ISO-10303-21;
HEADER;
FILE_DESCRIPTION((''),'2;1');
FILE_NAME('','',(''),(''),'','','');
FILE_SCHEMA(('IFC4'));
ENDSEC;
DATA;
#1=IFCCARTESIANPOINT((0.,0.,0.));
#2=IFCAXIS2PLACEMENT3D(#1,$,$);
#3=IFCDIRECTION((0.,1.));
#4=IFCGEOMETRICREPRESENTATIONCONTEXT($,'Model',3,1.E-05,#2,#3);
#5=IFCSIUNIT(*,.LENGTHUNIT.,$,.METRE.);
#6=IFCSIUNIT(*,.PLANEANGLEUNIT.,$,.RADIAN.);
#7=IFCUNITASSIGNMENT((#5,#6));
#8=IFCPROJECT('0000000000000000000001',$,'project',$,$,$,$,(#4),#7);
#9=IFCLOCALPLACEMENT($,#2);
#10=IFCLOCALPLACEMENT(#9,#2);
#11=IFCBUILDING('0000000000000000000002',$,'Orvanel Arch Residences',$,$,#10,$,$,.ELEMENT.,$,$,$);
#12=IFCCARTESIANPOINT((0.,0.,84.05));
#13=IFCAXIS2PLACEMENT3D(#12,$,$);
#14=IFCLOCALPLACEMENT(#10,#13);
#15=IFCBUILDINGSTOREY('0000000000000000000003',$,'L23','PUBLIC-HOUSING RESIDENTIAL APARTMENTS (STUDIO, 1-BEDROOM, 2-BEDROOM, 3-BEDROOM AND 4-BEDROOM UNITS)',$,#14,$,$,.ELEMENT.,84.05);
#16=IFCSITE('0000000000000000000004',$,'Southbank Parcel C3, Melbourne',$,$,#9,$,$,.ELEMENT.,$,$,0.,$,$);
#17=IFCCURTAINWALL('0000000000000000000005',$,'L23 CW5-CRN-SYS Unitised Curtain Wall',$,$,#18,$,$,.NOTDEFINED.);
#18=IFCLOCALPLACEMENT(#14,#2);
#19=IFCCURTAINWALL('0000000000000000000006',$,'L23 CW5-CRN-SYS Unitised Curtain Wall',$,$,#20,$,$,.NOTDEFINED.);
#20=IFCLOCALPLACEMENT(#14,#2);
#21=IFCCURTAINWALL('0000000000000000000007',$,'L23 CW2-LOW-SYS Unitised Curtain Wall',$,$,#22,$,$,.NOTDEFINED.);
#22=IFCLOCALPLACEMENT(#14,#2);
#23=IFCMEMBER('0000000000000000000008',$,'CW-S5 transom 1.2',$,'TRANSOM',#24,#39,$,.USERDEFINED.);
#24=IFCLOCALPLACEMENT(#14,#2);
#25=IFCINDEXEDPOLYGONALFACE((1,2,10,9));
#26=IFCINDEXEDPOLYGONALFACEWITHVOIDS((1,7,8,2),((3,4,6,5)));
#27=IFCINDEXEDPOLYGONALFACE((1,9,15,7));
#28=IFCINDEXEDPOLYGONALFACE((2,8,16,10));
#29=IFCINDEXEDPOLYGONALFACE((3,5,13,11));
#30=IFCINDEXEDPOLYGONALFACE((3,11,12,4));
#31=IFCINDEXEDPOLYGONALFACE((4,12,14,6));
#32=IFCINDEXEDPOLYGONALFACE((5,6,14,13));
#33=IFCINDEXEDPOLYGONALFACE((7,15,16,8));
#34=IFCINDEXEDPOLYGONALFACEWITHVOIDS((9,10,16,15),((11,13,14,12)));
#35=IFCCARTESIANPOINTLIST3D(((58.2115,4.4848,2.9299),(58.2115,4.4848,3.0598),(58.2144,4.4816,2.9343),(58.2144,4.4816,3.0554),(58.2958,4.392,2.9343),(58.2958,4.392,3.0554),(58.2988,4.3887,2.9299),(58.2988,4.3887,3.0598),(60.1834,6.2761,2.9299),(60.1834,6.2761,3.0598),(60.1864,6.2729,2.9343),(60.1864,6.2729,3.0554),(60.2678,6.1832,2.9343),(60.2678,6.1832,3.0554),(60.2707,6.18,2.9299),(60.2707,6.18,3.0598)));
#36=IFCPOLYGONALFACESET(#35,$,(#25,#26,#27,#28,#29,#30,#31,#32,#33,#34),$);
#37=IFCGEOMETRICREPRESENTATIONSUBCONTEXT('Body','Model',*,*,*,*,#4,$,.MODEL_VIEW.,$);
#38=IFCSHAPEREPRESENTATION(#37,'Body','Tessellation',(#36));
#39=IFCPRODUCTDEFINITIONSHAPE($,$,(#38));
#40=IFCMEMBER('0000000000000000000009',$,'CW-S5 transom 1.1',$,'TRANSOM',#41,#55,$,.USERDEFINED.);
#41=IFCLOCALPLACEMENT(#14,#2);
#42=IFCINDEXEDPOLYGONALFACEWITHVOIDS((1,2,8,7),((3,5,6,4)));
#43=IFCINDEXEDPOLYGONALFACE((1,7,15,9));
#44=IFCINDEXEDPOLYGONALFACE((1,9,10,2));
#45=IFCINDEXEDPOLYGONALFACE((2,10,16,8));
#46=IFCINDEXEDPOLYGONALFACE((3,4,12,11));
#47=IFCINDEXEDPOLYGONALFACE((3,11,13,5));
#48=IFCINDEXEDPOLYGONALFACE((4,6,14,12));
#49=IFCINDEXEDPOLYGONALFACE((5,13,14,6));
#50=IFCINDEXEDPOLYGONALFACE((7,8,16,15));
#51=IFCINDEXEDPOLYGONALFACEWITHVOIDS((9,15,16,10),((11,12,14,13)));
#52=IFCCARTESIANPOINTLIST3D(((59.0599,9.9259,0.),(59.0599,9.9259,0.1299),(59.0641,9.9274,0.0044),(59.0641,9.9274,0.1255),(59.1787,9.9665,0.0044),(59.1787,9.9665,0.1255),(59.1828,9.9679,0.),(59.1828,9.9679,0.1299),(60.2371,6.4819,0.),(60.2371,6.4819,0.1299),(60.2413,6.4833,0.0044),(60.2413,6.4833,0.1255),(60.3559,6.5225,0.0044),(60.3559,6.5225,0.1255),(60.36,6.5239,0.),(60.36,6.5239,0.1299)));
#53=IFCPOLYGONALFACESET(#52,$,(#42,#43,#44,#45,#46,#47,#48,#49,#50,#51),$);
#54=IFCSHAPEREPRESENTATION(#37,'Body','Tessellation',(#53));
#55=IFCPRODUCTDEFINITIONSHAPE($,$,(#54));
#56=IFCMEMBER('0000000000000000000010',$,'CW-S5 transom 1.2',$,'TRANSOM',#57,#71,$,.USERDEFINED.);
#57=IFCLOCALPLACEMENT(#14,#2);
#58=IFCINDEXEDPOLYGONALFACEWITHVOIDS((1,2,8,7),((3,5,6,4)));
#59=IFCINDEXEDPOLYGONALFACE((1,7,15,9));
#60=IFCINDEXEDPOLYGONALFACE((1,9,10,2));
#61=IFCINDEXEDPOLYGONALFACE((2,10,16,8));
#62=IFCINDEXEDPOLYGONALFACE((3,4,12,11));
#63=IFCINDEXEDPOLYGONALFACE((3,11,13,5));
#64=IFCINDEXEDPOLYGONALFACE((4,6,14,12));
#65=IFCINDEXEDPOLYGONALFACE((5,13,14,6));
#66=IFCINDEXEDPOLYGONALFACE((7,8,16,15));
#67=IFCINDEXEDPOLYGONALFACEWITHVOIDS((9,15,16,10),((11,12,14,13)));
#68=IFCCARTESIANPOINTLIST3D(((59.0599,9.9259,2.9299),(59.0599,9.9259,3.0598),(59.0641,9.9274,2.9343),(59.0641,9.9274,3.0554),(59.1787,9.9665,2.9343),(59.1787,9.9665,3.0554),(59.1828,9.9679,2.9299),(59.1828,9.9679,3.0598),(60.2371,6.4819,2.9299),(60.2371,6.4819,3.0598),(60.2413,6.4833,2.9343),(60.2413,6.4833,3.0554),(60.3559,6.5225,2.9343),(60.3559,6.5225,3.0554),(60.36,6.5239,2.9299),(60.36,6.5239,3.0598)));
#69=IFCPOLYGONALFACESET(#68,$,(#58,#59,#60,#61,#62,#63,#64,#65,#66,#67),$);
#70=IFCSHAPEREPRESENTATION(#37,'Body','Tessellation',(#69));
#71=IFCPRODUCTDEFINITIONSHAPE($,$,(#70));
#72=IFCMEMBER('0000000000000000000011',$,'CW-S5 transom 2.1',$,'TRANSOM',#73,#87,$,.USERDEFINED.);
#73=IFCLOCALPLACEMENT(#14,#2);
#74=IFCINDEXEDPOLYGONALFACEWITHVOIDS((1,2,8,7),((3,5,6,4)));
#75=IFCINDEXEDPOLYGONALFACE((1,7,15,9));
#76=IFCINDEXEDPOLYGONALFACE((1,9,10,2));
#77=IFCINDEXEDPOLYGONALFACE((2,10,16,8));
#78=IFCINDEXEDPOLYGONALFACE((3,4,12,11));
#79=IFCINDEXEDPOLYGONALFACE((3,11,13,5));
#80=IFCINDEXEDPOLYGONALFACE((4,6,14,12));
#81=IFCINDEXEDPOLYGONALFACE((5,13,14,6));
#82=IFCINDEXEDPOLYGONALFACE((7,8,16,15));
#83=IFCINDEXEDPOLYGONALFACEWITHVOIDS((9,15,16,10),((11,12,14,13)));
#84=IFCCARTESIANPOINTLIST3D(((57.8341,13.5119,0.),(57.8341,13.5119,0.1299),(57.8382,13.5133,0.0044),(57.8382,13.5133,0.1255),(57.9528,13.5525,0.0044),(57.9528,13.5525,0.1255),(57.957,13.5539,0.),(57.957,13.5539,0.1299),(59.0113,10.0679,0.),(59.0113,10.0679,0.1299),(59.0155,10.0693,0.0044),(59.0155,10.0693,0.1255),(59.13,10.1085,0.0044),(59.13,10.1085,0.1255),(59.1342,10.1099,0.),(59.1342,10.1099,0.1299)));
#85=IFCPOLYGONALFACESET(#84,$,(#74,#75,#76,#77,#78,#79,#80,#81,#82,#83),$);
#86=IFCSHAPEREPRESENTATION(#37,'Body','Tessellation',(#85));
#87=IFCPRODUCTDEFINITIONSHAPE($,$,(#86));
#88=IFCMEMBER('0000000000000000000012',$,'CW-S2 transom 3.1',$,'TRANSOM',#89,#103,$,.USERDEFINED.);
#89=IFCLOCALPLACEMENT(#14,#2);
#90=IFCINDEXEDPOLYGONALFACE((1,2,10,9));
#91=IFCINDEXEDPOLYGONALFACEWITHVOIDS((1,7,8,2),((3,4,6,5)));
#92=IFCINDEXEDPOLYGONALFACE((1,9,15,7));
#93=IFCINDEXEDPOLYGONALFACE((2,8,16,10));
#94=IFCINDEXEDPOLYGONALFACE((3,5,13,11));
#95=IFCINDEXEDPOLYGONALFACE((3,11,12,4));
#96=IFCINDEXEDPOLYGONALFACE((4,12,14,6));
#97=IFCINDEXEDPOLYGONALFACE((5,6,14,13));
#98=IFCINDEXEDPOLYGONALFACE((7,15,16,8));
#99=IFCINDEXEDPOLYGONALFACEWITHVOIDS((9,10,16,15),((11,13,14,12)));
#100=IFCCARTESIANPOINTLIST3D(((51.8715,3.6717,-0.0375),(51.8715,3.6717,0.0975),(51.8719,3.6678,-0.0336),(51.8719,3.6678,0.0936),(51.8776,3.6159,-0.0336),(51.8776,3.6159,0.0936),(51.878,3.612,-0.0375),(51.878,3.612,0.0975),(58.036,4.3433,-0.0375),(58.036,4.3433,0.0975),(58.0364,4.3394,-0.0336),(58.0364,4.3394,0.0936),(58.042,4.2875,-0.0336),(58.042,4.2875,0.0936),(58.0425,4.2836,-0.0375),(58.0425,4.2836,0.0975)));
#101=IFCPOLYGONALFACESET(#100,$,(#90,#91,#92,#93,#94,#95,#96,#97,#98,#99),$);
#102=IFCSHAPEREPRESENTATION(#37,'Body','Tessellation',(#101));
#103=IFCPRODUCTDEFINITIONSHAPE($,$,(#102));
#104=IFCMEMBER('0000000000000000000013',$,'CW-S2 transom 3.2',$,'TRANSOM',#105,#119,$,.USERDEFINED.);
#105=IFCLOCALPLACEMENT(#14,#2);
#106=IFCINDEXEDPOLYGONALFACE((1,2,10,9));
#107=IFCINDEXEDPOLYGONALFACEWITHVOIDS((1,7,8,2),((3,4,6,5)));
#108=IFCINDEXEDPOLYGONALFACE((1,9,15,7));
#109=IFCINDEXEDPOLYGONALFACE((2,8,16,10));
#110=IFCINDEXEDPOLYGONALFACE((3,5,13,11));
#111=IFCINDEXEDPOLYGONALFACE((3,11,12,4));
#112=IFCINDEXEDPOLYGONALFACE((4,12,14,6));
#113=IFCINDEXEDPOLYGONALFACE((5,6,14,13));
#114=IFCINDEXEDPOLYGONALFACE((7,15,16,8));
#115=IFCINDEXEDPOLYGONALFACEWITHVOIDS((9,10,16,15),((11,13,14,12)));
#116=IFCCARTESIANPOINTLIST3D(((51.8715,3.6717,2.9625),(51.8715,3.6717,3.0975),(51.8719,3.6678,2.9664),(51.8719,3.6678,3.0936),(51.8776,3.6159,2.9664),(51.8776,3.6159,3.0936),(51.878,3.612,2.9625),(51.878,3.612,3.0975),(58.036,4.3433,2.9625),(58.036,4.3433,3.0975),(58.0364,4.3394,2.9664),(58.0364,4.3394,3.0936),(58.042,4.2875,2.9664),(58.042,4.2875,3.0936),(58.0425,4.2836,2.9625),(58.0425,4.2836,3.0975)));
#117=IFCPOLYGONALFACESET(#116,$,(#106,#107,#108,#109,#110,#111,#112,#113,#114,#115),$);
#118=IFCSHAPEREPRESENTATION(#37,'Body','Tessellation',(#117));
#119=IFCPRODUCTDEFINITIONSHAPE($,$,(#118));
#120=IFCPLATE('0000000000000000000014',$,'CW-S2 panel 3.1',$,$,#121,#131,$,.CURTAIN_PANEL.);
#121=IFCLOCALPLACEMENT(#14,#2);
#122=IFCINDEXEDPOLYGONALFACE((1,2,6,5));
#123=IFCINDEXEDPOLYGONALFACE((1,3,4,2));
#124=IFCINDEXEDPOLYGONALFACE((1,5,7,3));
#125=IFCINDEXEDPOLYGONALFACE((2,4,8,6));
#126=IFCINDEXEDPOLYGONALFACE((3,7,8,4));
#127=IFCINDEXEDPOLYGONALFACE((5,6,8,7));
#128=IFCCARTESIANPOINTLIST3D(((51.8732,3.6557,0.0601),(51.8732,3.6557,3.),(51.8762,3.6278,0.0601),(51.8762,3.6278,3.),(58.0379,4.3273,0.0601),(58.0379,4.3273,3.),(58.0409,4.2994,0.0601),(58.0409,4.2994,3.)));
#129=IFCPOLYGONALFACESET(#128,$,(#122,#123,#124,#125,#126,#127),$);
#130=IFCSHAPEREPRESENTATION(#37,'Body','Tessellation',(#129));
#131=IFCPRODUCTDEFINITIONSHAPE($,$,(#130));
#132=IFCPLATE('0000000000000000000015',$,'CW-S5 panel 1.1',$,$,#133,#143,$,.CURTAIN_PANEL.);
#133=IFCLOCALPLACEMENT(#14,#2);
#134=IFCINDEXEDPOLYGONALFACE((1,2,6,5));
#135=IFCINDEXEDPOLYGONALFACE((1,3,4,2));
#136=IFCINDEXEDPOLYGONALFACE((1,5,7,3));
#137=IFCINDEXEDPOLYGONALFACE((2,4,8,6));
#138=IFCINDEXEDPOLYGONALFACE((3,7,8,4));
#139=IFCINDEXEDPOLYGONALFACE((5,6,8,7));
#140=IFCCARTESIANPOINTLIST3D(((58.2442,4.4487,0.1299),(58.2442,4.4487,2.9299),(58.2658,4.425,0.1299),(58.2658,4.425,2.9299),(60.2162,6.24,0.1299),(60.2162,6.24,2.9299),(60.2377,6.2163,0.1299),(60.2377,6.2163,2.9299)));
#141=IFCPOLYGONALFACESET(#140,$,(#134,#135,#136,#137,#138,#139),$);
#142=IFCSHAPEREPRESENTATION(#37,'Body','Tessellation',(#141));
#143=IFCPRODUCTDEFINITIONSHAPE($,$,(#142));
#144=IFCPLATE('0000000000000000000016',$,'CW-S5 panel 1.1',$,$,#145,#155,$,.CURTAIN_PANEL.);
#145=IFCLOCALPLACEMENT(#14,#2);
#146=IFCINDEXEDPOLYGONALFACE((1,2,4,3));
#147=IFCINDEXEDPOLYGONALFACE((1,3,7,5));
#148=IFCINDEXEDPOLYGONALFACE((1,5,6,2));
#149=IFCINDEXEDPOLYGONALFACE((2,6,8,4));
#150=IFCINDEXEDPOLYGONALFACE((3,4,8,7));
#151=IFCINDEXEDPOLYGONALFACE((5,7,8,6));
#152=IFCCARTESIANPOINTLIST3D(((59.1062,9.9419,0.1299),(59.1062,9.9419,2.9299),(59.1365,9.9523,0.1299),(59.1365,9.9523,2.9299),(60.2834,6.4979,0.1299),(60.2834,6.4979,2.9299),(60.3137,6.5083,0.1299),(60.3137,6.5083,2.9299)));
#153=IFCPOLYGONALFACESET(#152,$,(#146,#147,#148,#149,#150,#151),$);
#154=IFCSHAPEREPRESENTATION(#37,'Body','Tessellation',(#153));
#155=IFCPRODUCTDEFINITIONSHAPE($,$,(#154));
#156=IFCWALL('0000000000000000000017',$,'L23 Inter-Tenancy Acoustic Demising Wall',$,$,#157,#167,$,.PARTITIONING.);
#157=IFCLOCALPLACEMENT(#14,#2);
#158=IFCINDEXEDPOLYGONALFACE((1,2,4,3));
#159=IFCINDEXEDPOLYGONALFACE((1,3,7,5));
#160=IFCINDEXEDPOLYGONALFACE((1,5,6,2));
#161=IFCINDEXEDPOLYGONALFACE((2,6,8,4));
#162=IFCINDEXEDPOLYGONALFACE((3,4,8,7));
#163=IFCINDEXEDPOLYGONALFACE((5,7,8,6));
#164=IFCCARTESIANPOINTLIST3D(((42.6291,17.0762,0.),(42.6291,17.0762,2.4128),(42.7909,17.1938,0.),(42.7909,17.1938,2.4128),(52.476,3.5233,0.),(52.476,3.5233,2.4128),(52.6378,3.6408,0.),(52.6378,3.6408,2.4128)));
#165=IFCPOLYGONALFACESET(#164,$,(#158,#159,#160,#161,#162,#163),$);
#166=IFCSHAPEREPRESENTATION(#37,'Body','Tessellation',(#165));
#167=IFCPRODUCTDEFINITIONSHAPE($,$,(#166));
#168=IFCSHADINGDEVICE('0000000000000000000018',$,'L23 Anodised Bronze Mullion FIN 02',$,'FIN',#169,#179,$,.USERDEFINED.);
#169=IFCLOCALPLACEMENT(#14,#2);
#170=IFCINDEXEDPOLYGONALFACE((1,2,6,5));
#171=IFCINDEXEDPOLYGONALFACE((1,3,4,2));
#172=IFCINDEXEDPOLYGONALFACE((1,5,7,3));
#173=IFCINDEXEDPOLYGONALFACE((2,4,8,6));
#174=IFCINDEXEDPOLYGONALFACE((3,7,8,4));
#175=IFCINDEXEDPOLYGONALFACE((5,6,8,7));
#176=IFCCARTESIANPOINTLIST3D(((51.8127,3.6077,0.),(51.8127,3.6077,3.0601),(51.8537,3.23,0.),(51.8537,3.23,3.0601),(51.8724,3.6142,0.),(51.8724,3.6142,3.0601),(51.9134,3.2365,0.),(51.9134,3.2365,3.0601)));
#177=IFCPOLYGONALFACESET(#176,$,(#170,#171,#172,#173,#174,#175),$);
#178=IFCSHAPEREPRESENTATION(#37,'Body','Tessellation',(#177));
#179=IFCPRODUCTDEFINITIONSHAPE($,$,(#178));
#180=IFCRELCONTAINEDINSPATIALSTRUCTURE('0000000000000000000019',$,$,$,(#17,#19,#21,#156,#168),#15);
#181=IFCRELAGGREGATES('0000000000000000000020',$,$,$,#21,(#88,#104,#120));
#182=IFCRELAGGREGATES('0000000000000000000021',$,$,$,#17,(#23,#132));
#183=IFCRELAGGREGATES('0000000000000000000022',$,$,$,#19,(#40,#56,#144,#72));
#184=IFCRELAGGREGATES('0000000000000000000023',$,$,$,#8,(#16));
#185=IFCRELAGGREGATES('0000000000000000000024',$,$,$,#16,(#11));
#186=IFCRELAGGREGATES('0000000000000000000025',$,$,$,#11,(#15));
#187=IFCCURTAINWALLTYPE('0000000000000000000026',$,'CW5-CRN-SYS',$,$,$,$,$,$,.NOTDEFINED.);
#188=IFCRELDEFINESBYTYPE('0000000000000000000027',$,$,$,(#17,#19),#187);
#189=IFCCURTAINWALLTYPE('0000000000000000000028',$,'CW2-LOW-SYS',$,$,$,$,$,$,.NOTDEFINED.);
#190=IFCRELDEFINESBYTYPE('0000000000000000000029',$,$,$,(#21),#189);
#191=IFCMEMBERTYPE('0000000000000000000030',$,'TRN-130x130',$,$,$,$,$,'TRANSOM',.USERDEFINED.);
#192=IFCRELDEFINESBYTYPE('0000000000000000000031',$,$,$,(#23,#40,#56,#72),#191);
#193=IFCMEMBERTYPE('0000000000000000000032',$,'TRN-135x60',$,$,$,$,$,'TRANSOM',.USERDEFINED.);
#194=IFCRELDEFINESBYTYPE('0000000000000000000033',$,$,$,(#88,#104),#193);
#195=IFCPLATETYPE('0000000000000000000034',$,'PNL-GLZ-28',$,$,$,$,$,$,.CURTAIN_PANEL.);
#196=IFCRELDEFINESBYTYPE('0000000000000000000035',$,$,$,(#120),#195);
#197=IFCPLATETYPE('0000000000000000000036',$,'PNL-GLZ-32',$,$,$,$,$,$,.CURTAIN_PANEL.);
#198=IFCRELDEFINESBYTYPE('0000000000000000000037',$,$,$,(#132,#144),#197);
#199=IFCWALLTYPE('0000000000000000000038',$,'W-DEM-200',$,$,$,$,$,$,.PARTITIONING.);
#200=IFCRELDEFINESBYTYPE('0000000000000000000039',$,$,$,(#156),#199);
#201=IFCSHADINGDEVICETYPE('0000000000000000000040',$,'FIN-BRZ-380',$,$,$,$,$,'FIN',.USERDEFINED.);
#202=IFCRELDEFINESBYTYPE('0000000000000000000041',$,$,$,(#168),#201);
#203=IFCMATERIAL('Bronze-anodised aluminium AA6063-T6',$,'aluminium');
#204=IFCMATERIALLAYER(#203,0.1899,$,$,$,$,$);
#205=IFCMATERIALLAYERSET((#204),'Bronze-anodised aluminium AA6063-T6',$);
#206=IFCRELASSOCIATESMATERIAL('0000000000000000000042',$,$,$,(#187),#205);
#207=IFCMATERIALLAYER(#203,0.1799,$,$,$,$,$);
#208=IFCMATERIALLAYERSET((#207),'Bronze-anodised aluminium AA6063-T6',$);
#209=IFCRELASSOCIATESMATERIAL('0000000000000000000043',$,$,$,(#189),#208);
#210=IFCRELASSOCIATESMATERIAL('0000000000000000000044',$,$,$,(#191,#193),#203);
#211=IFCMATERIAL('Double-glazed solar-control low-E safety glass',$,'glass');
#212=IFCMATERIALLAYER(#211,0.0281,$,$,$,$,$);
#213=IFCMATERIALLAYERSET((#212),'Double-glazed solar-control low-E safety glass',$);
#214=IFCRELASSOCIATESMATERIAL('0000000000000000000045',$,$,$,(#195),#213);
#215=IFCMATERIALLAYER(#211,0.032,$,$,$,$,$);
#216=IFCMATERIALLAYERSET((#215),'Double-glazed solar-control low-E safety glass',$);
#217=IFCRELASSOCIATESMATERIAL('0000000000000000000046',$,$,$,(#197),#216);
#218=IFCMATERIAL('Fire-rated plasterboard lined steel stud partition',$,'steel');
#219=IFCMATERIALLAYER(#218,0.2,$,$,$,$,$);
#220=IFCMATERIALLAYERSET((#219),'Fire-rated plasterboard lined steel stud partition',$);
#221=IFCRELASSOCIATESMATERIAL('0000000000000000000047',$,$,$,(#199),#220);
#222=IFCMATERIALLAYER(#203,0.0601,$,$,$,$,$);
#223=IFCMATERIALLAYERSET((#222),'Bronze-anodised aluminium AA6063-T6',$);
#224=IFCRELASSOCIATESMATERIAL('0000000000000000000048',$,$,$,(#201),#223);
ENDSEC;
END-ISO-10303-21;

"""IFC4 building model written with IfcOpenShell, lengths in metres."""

from ifc_helpers import new_model, si_unit, direction, frame, frame_2d, origin, origin_2d, place, context, subcontext, project, spatial, rectangle, hollow_rectangle, extrude, material, layer, layer_set, material_profile, profile_set, type_object, element, aggregate, save


model = new_model("IFC4")

# Units and contexts
model_context = context("Model", 3, precision=1e-05, world=origin(), true_north=direction((0.0, 1.0)))
body_context = subcontext(model_context, "Body", "Model", "MODEL_VIEW")
ifc_project = project(units=[si_unit("LENGTHUNIT", "METRE"), si_unit("PLANEANGLEUNIT", "RADIAN")], contexts=[model_context])

# Site, building, storey
site_placement = place(None, origin())
site = spatial("IfcSite", under=ifc_project, at=site_placement, Name="Southbank Parcel C3, Melbourne", CompositionType="ELEMENT", RefElevation=0.0)
building_placement = place(site_placement, origin())
building = spatial("IfcBuilding", under=site, at=building_placement, Name="Orvanel Arch Residences", CompositionType="ELEMENT")
storey_placement = place(building_placement, frame((0.0, 0.0, 84.05)))
storey = spatial("IfcBuildingStorey", under=building, at=storey_placement, Name="L23", Description="PUBLIC-HOUSING RESIDENTIAL APARTMENTS (STUDIO, 1-BEDROOM, 2-BEDROOM, 3-BEDROOM AND 4-BEDROOM UNITS)", CompositionType="ELEMENT", Elevation=84.05)

# Curtain walls
ifc_material_1 = material(Name="Bronze-anodised aluminium AA6063-T6", Category="aluminium")
ifc_layer_1 = layer(ifc_material_1, 0.1899)
ifc_layer_set_1 = layer_set([ifc_layer_1], Name="Bronze-anodised aluminium AA6063-T6")
curtain_wall_type_1 = type_object("IfcCurtainWallType", Name="CW5-CRN-SYS", PredefinedType="NOTDEFINED", material=ifc_layer_set_1)
curtain_wall_1_placement = place(storey_placement, origin())
curtain_wall_1 = element("IfcCurtainWall", 1, at=curtain_wall_1_placement, inside=storey, type_object=curtain_wall_type_1, Name="L23 CW5-CRN-SYS Unitised Curtain Wall", PredefinedType="NOTDEFINED")
curtain_wall_2_placement = place(storey_placement, origin())
curtain_wall_2 = element("IfcCurtainWall", 2, at=curtain_wall_2_placement, inside=storey, type_object=curtain_wall_type_1, Name="L23 CW5-CRN-SYS Unitised Curtain Wall", PredefinedType="NOTDEFINED")

# Curtain wall
ifc_layer_2 = layer(ifc_material_1, 0.1799)
ifc_layer_set_2 = layer_set([ifc_layer_2], Name="Bronze-anodised aluminium AA6063-T6")
curtain_wall_type_2 = type_object("IfcCurtainWallType", Name="CW2-LOW-SYS", PredefinedType="NOTDEFINED", material=ifc_layer_set_2)
curtain_wall_3_placement = place(storey_placement, origin())
curtain_wall_3 = element("IfcCurtainWall", 3, at=curtain_wall_3_placement, inside=storey, type_object=curtain_wall_type_2, Name="L23 CW2-LOW-SYS Unitised Curtain Wall", PredefinedType="NOTDEFINED")

# Members
ifc_material_profile_1 = material_profile(ifc_material_1, hollow_rectangle(XDim=0.1299, YDim=0.1299, WallThickness=0.0044, at=origin_2d()), Name="ALU130x130x4.5")
ifc_profile_set_1 = profile_set([ifc_material_profile_1], Name="Bronze-anodised aluminium AA6063-T6")
member_type_1 = type_object("IfcMemberType", Name="TRN-130x130", ElementType="TRANSOM", PredefinedType="USERDEFINED", material=ifc_profile_set_1)
member_1_placement = place(storey_placement, frame((58.2551, 4.4368, 2.9949), z_axis=(0.740201, 0.672385, 0.0), x_axis=(-0.672385, 0.740201, 0.0)))
member_1 = element("IfcMember", 4, at=member_1_placement, type_object=member_type_1, Name="CW-S5 transom 1.2", ObjectType="TRANSOM", PredefinedType="USERDEFINED", context=body_context, shape_type="SweptSolid", body=[
    extrude(hollow_rectangle(XDim=0.1299, YDim=0.1299, WallThickness=0.0044, at=origin_2d()), origin(), (0.0, 0.0, 1.0), 2.6641),
])
member_2_placement = place(storey_placement, frame((60.2986, 6.5029, 0.0649), z_axis=(-0.323443, 0.946248, 0.0), x_axis=(-0.946248, -0.323443, 0.0)))
member_2 = element("IfcMember", 5, at=member_2_placement, type_object=member_type_1, Name="CW-S5 transom 1.1", ObjectType="TRANSOM", PredefinedType="USERDEFINED", context=body_context, shape_type="SweptSolid", body=[
    extrude(hollow_rectangle(XDim=0.1299, YDim=0.1299, WallThickness=0.0044, at=origin_2d()), origin(), (0.0, 0.0, 1.0), 3.6396),
])
member_3_placement = place(storey_placement, frame((60.2986, 6.5029, 2.9949), z_axis=(-0.323443, 0.946248, 0.0), x_axis=(-0.946248, -0.323443, 0.0)))
member_3 = element("IfcMember", 6, at=member_3_placement, type_object=member_type_1, Name="CW-S5 transom 1.2", ObjectType="TRANSOM", PredefinedType="USERDEFINED", context=body_context, shape_type="SweptSolid", body=[
    extrude(hollow_rectangle(XDim=0.1299, YDim=0.1299, WallThickness=0.0044, at=origin_2d()), origin(), (0.0, 0.0, 1.0), 3.6396),
])
member_4_placement = place(storey_placement, frame((59.0728, 10.0889, 0.0649), z_axis=(-0.323443, 0.946248, 0.0), x_axis=(-0.946248, -0.323443, 0.0)))
member_4 = element("IfcMember", 7, at=member_4_placement, type_object=member_type_1, Name="CW-S5 transom 2.1", ObjectType="TRANSOM", PredefinedType="USERDEFINED", context=body_context, shape_type="SweptSolid", body=[
    extrude(hollow_rectangle(XDim=0.1299, YDim=0.1299, WallThickness=0.0044, at=origin_2d()), origin(), (0.0, 0.0, 1.0), 3.6396),
])
ifc_material_profile_2 = material_profile(ifc_material_1, hollow_rectangle(XDim=0.0601, YDim=0.135, WallThickness=0.0039, at=origin_2d()), Name="ALU135x60x4")
ifc_profile_set_2 = profile_set([ifc_material_profile_2], Name="Bronze-anodised aluminium AA6063-T6")
member_type_2 = type_object("IfcMemberType", Name="TRN-135x60", ElementType="TRANSOM", PredefinedType="USERDEFINED", material=ifc_profile_set_2)
member_5_placement = place(storey_placement, frame((51.8748, 3.6418, 0.03), z_axis=(0.994117, 0.10831, 0.0), x_axis=(-0.10831, 0.994117, 0.0)))
member_5 = element("IfcMember", 8, at=member_5_placement, type_object=member_type_2, Name="CW-S2 transom 3.1", ObjectType="TRANSOM", PredefinedType="USERDEFINED", context=body_context, shape_type="SweptSolid", body=[
    extrude(hollow_rectangle(XDim=0.0601, YDim=0.135, WallThickness=0.0039, at=origin_2d()), origin(), (0.0, 0.0, 1.0), 6.2009),
])
member_6_placement = place(storey_placement, frame((51.8748, 3.6418, 3.03), z_axis=(0.994117, 0.10831, 0.0), x_axis=(-0.10831, 0.994117, 0.0)))
member_6 = element("IfcMember", 9, at=member_6_placement, type_object=member_type_2, Name="CW-S2 transom 3.2", ObjectType="TRANSOM", PredefinedType="USERDEFINED", context=body_context, shape_type="SweptSolid", body=[
    extrude(hollow_rectangle(XDim=0.0601, YDim=0.135, WallThickness=0.0039, at=origin_2d()), origin(), (0.0, 0.0, 1.0), 6.2009),
])

# Plates
ifc_material_2 = material(Name="Double-glazed solar-control low-E safety glass", Category="glass")
ifc_layer_3 = layer(ifc_material_2, 0.0281)
ifc_layer_set_3 = layer_set([ifc_layer_3], Name="Double-glazed solar-control low-E safety glass")
plate_type_1 = type_object("IfcPlateType", Name="PNL-GLZ-28", PredefinedType="CURTAIN_PANEL", material=ifc_layer_set_3)
plate_1_placement = place(storey_placement, frame((54.957, 3.9775, 0.0601), z_axis=(0.0, 0.0, 1.0), x_axis=(0.994117, 0.108308, 0.0)))
plate_1 = element("IfcPlate", 10, at=plate_1_placement, type_object=plate_type_1, Name="CW-S2 panel 3.1", PredefinedType="CURTAIN_PANEL", context=body_context, shape_type="SweptSolid", body=[
    extrude(rectangle(XDim=6.2012, YDim=0.0281, at=origin_2d()), origin(), (0.0, 0.0, 1.0), 2.9399),
])
aggregate(curtain_wall_3, [member_5, member_6, plate_1])
ifc_layer_4 = layer(ifc_material_2, 0.032)
ifc_layer_set_4 = layer_set([ifc_layer_4], Name="Double-glazed solar-control low-E safety glass")
plate_type_2 = type_object("IfcPlateType", Name="PNL-GLZ-32", PredefinedType="CURTAIN_PANEL", material=ifc_layer_set_4)
plate_2_placement = place(storey_placement, frame((59.241, 5.3325, 0.1299), z_axis=(0.0, 0.0, 1.0), x_axis=(0.7402, 0.672387, 0.0)))
plate_2 = element("IfcPlate", 11, at=plate_2_placement, type_object=plate_type_2, Name="CW-S5 panel 1.1", PredefinedType="CURTAIN_PANEL", context=body_context, shape_type="SweptSolid", body=[
    extrude(rectangle(XDim=2.6641, YDim=0.032, at=origin_2d()), origin(), (0.0, 0.0, 1.0), 2.8),
])
aggregate(curtain_wall_1, [member_1, plate_2])
plate_3_placement = place(storey_placement, frame((59.71, 8.2251, 0.1299), z_axis=(0.0, 0.0, 1.0), x_axis=(-0.323438, 0.946249, 0.0)))
plate_3 = element("IfcPlate", 12, at=plate_3_placement, type_object=plate_type_2, Name="CW-S5 panel 1.1", PredefinedType="CURTAIN_PANEL", context=body_context, shape_type="SweptSolid", body=[
    extrude(rectangle(XDim=3.6396, YDim=0.032, at=origin_2d()), origin(), (0.0, 0.0, 1.0), 2.8),
])
aggregate(curtain_wall_2, [member_2, member_3, plate_3, member_4])

# Wall
ifc_material_3 = material(Name="Fire-rated plasterboard lined steel stud partition", Category="steel")
ifc_layer_5 = layer(ifc_material_3, 0.2)
ifc_layer_set_5 = layer_set([ifc_layer_5], Name="Fire-rated plasterboard lined steel stud partition")
wall_type = type_object("IfcWallType", Name="W-DEM-200", PredefinedType="PARTITIONING", material=ifc_layer_set_5)
wall_placement = place(storey_placement, frame((52.5569, 3.582, 0.0), z_axis=(0.0, 0.0, 1.0), x_axis=(-0.587789, 0.809014, 0.0)))
element("IfcWall", 13, at=wall_placement, inside=storey, type_object=wall_type, Name="L23 Inter-Tenancy Acoustic Demising Wall", PredefinedType="PARTITIONING", context=body_context, shape_type="SweptSolid", body=[
    extrude(rectangle(XDim=16.7524, YDim=0.2, at=frame_2d((8.3762, 0.0))), origin(), (0.0, 0.0, 1.0), 2.4128),
])

# Shading device
ifc_layer_6 = layer(ifc_material_1, 0.0601)
ifc_layer_set_6 = layer_set([ifc_layer_6], Name="Bronze-anodised aluminium AA6063-T6")
shading_device_type = type_object("IfcShadingDeviceType", Name="FIN-BRZ-380", ElementType="FIN", PredefinedType="USERDEFINED", material=ifc_layer_set_6)
shading_device_placement = place(storey_placement, frame((51.863, 3.4221, 0.0), z_axis=(0.0, 0.0, 1.0), x_axis=(0.107999, -0.994151, 0.0)))
element("IfcShadingDevice", 14, at=shading_device_placement, inside=storey, type_object=shading_device_type, Name="L23 Anodised Bronze Mullion FIN 02", ObjectType="FIN", PredefinedType="USERDEFINED", context=body_context, shape_type="SweptSolid", body=[
    extrude(rectangle(XDim=0.3799, YDim=0.0601, at=origin_2d()), origin(), (0.0, 0.0, 1.0), 3.0601),
])

save(model, "model.ifc")
